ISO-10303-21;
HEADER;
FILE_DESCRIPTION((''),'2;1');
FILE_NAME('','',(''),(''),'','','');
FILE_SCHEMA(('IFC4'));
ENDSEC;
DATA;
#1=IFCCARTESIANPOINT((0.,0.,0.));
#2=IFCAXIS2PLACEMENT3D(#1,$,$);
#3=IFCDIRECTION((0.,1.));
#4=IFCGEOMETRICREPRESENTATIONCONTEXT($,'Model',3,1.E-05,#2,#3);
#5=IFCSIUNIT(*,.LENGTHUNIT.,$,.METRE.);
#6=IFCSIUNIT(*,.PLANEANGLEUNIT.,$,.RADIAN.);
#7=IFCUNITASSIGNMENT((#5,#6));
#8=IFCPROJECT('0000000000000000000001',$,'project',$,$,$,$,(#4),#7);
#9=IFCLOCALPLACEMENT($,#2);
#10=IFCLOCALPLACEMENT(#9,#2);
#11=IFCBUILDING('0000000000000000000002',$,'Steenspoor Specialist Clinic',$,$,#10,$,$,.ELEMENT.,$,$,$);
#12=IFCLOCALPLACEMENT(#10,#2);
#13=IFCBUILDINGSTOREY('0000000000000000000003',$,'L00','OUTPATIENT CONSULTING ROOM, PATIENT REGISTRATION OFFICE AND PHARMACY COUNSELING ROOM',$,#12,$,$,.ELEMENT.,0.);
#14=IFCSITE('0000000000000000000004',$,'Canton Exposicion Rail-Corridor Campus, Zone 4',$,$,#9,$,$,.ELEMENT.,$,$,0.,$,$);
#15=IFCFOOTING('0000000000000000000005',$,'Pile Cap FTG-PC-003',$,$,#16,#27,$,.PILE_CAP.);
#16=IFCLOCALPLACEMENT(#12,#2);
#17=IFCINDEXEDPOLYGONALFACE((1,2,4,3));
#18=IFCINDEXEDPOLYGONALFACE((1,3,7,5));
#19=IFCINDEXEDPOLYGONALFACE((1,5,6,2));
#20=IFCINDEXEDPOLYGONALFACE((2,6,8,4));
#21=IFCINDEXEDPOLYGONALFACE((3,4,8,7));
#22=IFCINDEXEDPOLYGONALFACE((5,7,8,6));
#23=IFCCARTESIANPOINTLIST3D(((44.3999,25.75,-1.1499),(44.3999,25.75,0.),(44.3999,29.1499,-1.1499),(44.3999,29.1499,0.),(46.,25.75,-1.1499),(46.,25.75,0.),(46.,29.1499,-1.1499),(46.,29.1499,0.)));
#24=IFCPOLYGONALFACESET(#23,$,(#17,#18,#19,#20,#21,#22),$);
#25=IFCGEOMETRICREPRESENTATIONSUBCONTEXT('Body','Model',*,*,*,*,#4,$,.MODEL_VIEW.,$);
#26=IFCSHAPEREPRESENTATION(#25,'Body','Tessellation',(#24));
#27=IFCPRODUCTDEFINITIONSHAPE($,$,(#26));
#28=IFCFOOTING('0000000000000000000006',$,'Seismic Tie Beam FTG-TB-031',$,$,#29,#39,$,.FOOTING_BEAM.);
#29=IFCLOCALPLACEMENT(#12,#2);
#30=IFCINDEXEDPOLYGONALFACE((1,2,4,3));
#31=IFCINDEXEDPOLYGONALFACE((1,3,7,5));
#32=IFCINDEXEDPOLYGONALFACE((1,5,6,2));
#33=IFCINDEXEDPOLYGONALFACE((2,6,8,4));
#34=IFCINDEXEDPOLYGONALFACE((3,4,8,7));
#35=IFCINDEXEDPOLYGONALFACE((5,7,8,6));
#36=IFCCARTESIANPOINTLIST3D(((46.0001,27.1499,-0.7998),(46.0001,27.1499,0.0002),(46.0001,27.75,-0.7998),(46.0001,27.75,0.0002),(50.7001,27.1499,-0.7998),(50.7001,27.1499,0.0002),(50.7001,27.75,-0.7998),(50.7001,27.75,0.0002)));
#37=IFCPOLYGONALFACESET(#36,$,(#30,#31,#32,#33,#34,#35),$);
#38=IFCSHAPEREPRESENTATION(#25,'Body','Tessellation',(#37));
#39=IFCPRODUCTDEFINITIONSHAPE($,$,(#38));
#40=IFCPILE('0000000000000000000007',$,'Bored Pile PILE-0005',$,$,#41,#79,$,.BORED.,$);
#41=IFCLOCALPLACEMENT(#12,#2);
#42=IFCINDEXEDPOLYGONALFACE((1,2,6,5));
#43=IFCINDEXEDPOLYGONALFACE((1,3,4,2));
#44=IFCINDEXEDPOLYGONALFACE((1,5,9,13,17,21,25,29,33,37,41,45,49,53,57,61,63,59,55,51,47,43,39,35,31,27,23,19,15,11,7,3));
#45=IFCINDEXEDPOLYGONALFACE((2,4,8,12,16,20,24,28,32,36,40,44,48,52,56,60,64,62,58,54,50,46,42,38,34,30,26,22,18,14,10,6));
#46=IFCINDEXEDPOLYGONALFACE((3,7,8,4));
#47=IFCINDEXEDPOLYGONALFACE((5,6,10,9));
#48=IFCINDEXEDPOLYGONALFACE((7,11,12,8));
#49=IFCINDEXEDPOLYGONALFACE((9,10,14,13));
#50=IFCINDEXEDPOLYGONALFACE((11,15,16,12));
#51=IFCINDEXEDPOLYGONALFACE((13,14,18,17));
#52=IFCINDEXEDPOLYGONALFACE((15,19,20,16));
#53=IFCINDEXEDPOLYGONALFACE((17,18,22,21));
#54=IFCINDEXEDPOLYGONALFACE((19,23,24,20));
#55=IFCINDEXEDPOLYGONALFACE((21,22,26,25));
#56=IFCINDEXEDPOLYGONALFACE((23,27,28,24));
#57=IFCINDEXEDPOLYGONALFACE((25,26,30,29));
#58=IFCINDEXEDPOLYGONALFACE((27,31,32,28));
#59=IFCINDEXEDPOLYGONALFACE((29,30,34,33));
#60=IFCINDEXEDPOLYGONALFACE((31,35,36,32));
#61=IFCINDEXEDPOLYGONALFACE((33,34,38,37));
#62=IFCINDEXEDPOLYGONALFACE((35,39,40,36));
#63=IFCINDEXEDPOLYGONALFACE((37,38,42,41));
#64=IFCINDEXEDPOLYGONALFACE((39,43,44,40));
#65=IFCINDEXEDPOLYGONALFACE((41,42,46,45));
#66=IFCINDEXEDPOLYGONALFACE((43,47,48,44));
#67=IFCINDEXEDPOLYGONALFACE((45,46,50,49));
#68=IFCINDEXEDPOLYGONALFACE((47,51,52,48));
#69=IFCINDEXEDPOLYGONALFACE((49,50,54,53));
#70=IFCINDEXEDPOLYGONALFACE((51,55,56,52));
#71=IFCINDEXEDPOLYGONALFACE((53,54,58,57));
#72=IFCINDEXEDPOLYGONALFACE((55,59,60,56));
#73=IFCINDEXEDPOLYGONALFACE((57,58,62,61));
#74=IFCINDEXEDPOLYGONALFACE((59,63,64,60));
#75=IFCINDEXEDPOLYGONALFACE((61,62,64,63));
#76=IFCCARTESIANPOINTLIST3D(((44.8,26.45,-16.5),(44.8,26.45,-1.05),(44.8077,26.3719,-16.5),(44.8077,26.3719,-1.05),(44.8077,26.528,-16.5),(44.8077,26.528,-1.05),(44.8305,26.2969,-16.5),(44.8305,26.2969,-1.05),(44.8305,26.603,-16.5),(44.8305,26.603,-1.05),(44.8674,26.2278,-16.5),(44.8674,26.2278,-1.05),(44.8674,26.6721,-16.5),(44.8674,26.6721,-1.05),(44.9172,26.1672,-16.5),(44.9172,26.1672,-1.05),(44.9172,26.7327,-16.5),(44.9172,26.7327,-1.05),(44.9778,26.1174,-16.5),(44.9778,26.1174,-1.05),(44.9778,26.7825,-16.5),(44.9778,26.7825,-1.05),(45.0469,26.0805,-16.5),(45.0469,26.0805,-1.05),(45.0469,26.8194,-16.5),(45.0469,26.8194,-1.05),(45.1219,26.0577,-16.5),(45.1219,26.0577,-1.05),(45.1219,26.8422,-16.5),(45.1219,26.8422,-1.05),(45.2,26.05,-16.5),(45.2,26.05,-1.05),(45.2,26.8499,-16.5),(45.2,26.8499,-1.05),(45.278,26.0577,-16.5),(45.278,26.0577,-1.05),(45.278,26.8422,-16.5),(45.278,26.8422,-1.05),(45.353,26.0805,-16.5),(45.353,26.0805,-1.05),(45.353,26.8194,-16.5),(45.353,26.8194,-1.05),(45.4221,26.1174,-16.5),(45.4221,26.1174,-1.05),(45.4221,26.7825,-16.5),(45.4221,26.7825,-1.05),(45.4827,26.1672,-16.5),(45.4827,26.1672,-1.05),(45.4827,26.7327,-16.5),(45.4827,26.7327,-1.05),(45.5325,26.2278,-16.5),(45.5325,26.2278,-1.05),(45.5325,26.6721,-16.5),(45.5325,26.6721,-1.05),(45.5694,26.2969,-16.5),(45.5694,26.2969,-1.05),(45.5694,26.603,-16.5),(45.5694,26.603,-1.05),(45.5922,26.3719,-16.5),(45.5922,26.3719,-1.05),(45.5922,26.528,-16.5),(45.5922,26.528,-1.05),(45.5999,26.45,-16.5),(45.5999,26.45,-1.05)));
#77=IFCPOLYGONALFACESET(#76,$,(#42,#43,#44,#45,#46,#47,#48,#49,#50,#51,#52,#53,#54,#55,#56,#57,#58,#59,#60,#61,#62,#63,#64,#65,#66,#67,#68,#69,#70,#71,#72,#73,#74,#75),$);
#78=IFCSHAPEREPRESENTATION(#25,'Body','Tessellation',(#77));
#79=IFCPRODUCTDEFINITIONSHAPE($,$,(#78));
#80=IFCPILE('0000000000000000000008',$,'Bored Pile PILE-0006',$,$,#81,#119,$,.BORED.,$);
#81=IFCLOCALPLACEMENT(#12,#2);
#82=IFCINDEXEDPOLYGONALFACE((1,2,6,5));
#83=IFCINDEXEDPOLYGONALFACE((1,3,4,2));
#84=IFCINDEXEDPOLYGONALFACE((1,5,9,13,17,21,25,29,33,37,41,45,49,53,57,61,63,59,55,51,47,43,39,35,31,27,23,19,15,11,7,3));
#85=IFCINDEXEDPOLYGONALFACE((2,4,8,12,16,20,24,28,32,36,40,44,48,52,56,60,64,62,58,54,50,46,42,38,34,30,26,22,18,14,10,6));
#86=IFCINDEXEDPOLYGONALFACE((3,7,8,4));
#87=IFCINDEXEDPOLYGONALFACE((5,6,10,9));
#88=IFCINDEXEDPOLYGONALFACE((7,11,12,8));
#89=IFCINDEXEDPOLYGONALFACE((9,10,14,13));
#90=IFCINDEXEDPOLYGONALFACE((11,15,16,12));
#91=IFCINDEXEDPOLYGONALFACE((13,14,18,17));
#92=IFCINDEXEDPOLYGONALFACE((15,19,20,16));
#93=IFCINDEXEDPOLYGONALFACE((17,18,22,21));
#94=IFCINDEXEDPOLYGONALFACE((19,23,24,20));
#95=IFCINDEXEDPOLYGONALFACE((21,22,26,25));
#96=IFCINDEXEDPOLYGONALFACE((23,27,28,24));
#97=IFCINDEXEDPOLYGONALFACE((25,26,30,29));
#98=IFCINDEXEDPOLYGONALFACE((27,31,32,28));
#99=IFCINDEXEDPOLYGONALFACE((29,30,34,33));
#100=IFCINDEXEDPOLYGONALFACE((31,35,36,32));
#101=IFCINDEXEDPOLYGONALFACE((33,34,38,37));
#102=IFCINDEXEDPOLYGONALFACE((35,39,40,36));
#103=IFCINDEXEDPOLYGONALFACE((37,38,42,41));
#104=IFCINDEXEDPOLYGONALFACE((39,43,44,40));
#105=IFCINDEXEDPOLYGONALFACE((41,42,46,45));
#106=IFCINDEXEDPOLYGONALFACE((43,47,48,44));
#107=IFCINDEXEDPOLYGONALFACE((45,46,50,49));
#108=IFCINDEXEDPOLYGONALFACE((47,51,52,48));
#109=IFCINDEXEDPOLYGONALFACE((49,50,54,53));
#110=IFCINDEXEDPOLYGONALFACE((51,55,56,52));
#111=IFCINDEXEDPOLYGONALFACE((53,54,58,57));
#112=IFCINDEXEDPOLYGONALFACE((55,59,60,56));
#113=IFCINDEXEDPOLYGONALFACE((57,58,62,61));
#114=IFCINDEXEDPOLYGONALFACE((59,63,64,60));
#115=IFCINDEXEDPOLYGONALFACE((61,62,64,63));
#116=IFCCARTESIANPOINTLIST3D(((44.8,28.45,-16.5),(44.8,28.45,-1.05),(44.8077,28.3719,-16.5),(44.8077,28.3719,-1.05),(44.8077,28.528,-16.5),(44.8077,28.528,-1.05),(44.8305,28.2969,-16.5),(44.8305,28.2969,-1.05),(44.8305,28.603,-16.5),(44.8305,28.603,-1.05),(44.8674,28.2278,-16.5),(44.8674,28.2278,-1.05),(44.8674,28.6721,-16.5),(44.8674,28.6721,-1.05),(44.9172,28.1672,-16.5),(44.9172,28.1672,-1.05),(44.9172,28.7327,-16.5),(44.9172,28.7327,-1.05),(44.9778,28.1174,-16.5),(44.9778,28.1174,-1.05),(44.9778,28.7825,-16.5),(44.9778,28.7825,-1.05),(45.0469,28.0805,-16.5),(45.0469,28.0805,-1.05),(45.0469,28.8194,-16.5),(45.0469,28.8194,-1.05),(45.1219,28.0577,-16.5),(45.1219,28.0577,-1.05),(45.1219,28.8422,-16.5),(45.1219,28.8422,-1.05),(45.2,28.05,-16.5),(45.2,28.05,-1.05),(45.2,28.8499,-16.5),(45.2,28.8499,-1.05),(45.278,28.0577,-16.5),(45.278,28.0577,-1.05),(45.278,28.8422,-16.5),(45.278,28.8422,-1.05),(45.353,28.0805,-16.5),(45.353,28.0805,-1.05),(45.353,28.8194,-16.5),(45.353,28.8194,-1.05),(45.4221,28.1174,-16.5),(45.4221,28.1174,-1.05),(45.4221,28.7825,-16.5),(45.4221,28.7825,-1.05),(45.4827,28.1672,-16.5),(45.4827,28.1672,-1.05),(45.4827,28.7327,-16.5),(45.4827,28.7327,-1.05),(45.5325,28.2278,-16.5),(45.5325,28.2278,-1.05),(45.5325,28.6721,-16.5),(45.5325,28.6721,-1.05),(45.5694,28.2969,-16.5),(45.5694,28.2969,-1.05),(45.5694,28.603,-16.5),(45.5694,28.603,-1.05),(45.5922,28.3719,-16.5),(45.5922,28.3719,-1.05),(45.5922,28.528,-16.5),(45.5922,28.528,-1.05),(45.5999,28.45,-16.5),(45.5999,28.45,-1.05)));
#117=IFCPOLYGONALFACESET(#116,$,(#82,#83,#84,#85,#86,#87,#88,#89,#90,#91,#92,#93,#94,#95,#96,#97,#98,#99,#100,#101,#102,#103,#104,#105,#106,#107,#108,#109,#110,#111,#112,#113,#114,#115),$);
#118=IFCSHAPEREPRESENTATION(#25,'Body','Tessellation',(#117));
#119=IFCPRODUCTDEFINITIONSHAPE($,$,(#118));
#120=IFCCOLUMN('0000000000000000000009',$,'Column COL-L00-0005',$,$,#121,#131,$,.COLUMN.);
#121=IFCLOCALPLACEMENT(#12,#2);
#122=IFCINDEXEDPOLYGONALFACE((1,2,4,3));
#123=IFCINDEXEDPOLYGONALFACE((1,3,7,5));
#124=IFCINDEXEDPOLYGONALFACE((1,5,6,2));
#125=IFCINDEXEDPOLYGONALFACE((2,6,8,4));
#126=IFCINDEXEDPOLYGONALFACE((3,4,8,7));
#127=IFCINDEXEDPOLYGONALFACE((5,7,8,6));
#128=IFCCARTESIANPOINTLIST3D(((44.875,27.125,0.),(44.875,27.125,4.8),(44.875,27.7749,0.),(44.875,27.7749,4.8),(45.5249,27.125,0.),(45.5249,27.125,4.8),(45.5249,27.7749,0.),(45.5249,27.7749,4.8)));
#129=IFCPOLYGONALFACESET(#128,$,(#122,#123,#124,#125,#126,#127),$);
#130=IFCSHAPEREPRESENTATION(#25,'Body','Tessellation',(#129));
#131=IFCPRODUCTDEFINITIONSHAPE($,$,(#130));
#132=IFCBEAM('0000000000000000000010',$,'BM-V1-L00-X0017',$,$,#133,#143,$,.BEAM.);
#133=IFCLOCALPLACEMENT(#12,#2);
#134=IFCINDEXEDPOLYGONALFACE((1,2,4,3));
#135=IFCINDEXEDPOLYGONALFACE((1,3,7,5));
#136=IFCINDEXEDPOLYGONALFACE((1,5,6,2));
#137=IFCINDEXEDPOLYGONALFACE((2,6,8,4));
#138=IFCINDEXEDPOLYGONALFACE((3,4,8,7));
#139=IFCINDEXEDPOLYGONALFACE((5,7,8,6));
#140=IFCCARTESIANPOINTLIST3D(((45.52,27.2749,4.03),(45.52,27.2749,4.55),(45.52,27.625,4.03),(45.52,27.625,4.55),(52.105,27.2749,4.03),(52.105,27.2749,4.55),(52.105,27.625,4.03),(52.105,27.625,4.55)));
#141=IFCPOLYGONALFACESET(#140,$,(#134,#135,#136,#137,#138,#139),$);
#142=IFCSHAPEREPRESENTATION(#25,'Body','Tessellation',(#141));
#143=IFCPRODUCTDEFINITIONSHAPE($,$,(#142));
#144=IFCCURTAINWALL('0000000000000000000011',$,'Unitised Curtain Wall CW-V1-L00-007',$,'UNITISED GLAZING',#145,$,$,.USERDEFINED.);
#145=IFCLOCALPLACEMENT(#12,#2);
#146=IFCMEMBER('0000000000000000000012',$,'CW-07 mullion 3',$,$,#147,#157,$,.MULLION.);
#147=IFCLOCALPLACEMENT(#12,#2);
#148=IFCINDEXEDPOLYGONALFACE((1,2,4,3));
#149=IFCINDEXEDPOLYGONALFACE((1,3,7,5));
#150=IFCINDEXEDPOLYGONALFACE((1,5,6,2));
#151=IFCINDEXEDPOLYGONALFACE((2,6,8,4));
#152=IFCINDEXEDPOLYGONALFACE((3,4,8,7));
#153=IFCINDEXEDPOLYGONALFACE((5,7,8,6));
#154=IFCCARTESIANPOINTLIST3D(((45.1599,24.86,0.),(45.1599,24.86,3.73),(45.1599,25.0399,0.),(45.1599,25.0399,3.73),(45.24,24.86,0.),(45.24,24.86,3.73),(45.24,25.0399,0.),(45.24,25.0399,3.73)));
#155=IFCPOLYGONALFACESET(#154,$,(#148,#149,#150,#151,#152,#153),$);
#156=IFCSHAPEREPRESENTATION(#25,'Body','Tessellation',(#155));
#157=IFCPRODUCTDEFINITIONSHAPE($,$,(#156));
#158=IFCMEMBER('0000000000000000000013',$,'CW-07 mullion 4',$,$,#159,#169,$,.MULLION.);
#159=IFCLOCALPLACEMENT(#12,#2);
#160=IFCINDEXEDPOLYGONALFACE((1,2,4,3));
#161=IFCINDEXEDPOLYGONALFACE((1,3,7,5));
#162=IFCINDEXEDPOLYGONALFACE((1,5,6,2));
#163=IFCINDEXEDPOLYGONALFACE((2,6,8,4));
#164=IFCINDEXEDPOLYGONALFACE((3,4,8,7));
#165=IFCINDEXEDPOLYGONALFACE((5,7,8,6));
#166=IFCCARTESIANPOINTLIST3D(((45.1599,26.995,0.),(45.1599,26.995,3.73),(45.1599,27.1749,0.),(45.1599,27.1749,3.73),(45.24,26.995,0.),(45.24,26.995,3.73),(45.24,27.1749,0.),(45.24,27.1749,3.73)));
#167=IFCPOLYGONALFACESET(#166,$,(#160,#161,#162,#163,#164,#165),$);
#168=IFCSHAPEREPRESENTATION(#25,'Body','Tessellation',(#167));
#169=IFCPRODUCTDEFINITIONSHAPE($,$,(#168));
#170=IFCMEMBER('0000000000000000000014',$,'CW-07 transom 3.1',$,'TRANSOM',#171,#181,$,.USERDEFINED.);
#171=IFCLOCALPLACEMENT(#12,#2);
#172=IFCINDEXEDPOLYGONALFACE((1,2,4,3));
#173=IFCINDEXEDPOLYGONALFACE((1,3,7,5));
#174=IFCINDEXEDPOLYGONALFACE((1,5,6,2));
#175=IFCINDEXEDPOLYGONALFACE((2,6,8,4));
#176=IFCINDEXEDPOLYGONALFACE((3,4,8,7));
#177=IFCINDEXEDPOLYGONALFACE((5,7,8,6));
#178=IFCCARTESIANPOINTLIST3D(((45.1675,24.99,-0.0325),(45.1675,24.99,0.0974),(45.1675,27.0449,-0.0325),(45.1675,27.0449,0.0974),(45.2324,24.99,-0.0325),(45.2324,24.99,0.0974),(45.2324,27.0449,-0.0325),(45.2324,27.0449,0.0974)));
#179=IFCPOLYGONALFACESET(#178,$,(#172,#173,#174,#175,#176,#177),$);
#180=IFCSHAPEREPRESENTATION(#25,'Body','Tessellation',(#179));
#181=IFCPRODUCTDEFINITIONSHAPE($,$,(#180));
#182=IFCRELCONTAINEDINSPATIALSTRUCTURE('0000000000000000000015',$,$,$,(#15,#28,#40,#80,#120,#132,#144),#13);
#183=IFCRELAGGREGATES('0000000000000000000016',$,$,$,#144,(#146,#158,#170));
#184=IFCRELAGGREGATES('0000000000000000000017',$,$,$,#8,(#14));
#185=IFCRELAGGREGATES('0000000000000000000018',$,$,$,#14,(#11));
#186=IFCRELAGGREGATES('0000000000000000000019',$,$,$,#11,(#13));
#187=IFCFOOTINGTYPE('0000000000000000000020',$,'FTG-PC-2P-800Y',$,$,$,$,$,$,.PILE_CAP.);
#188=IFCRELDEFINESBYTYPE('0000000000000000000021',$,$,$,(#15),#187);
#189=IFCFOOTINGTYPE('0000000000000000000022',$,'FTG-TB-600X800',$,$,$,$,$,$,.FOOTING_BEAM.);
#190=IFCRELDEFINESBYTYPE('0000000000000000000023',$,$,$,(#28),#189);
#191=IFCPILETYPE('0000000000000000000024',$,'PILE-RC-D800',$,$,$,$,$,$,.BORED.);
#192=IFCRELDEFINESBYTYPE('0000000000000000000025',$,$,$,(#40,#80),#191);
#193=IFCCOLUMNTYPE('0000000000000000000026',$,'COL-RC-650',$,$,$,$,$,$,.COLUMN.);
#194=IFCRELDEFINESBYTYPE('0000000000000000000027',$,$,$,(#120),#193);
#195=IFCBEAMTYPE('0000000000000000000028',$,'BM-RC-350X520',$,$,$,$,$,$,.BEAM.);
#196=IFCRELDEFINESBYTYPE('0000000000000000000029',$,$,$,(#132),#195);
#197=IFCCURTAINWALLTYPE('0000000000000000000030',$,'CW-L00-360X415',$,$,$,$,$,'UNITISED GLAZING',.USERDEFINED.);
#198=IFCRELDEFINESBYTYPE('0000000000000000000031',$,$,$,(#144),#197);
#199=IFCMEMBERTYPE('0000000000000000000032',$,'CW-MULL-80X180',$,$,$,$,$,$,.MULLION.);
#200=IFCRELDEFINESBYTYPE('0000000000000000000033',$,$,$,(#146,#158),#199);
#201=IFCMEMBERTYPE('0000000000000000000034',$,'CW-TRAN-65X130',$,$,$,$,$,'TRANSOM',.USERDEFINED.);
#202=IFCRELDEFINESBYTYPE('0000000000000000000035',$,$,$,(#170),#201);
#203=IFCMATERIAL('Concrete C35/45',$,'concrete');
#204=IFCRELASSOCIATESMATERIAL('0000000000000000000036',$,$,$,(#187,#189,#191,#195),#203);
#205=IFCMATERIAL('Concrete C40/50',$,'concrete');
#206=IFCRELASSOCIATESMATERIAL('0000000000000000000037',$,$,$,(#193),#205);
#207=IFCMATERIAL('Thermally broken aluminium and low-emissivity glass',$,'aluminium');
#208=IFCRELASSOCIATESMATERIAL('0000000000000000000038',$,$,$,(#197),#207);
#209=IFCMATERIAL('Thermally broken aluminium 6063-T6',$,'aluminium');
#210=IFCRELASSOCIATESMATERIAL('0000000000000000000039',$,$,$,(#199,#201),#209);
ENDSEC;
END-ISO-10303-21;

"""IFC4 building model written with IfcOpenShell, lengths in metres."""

from ifc_helpers import new_model, si_unit, direction, frame, origin, origin_2d, place, context, subcontext, project, spatial, rectangle, circle, extrude, material, material_profile, profile_set, type_object, element, aggregate, save


model = new_model("IFC4")

# Units and contexts
model_context = context("Model", 3, precision=1e-05, world=origin(), true_north=direction((0.0, 1.0)))
body_context = subcontext(model_context, "Body", "Model", "MODEL_VIEW")
ifc_project = project(units=[si_unit("LENGTHUNIT", "METRE"), si_unit("PLANEANGLEUNIT", "RADIAN")], contexts=[model_context])

# Site, building, storey
site_placement = place(None, origin())
site = spatial("IfcSite", under=ifc_project, at=site_placement, Name="Canton Exposicion Rail-Corridor Campus, Zone 4", CompositionType="ELEMENT", RefElevation=0.0)
building_placement = place(site_placement, origin())
building = spatial("IfcBuilding", under=site, at=building_placement, Name="Steenspoor Specialist Clinic", CompositionType="ELEMENT")
storey_placement = place(building_placement, origin())
storey = spatial("IfcBuildingStorey", under=building, at=storey_placement, Name="L00", Description="OUTPATIENT CONSULTING ROOM, PATIENT REGISTRATION OFFICE AND PHARMACY COUNSELING ROOM", CompositionType="ELEMENT", Elevation=0.0)

# Footings
ifc_material_1 = material(Name="Concrete C35/45", Category="concrete")
footing_type_1 = type_object("IfcFootingType", Name="FTG-PC-2P-800Y", PredefinedType="PILE_CAP", material=ifc_material_1)
footing_1_placement = place(storey_placement, frame((45.2, 27.45, -1.1499), z_axis=(0.0, 0.0, 1.0), x_axis=(1.0, 0.0, 0.0)))
element("IfcFooting", 1, at=footing_1_placement, inside=storey, type_object=footing_type_1, Name="Pile Cap FTG-PC-003", PredefinedType="PILE_CAP", context=body_context, shape_type="SweptSolid", body=[
    extrude(rectangle(XDim=1.6001, YDim=3.3999, at=origin_2d()), origin(), (0.0, 0.0, 1.0), 1.1499),
])
footing_type_2 = type_object("IfcFootingType", Name="FTG-TB-600X800", PredefinedType="FOOTING_BEAM", material=ifc_material_1)
footing_2_placement = place(storey_placement, frame((48.3501, 27.45, -0.7998), z_axis=(0.0, 0.0, 1.0), x_axis=(1.0, 0.0, 0.0)))
element("IfcFooting", 2, at=footing_2_placement, inside=storey, type_object=footing_type_2, Name="Seismic Tie Beam FTG-TB-031", PredefinedType="FOOTING_BEAM", context=body_context, shape_type="SweptSolid", body=[
    extrude(rectangle(XDim=4.7, YDim=0.6001, at=origin_2d()), origin(), (0.0, 0.0, 1.0), 0.8),
])

# Piles
ifc_material_profile_1 = material_profile(ifc_material_1, circle(Radius=0.3999, at=origin_2d()), Name="PILE-D800")
ifc_profile_set_1 = profile_set([ifc_material_profile_1], Name="Concrete C35/45")
pile_type = type_object("IfcPileType", Name="PILE-RC-D800", PredefinedType="BORED", material=ifc_profile_set_1)
for number, where, z_axis, x_axis, name in (
    (3, (45.2, 26.45, -1.05), (0.0, 0.0, -1.0), (1.0, 0.0, 0.0), "Bored Pile PILE-0005"),
    (4, (45.2, 28.45, -1.05), (0.0, 0.0, -1.0), (1.0, 0.0, 0.0), "Bored Pile PILE-0006"),
):
    element("IfcPile", number, at=place(storey_placement, frame(where, z_axis=z_axis, x_axis=x_axis)), inside=storey, type_object=pile_type, Name=name, PredefinedType="BORED", context=body_context, shape_type="SweptSolid", body=[
        extrude(circle(Radius=0.3999, at=origin_2d()), origin(), (0.0, 0.0, 1.0), 15.45),
    ])

# Column
ifc_material_2 = material(Name="Concrete C40/50", Category="concrete")
ifc_material_profile_2 = material_profile(ifc_material_2, rectangle(XDim=0.6499, YDim=0.6499, at=origin_2d()), Name="RC-COL-650X650")
ifc_profile_set_2 = profile_set([ifc_material_profile_2], Name="Concrete C40/50")
column_type = type_object("IfcColumnType", Name="COL-RC-650", PredefinedType="COLUMN", material=ifc_profile_set_2)
column_placement = place(storey_placement, frame((45.2, 27.45, 0.0), z_axis=(0.0, 0.0, 1.0), x_axis=(1.0, 0.0, 0.0)))
element("IfcColumn", 5, at=column_placement, inside=storey, type_object=column_type, Name="Column COL-L00-0005", PredefinedType="COLUMN", context=body_context, shape_type="SweptSolid", body=[
    extrude(rectangle(XDim=0.6499, YDim=0.6499, at=origin_2d()), origin(), (0.0, 0.0, 1.0), 4.8),
])

# Beam
ifc_material_profile_3 = material_profile(ifc_material_1, rectangle(XDim=0.3501, YDim=0.52, at=origin_2d()), Name="RC-BM-350X520")
ifc_profile_set_3 = profile_set([ifc_material_profile_3], Name="Concrete C35/45")
beam_type_1 = type_object("IfcBeamType", Name="BM-RC-350X520", PredefinedType="BEAM", material=ifc_profile_set_3)
beam_1_placement = place(storey_placement, frame((45.52, 27.45, 4.29), z_axis=(1.0, 0.0, 0.0), x_axis=(0.0, 1.0, 0.0)))
element("IfcBeam", 6, at=beam_1_placement, inside=storey, type_object=beam_type_1, Name="BM-V1-L00-X0017", PredefinedType="BEAM", context=body_context, shape_type="SweptSolid", body=[
    extrude(rectangle(XDim=0.3501, YDim=0.52, at=origin_2d()), origin(), (0.0, 0.0, 1.0), 6.585),
])

# Curtain wall, members
ifc_material_3 = material(Name="Thermally broken aluminium and low-emissivity glass", Category="aluminium")
curtain_wall_type = type_object("IfcCurtainWallType", Name="CW-L00-360X415", ElementType="UNITISED GLAZING", PredefinedType="USERDEFINED", material=ifc_material_3)
curtain_wall_placement = place(storey_placement, origin())
curtain_wall = element("IfcCurtainWall", 7, at=curtain_wall_placement, inside=storey, type_object=curtain_wall_type, Name="Unitised Curtain Wall CW-V1-L00-007", ObjectType="UNITISED GLAZING", PredefinedType="USERDEFINED")
ifc_material_4 = material(Name="Thermally broken aluminium 6063-T6", Category="aluminium")
ifc_material_profile_4 = material_profile(ifc_material_4, rectangle(XDim=0.0801, YDim=0.1799, at=origin_2d()), Name="CWM-80X180")
ifc_profile_set_4 = profile_set([ifc_material_profile_4], Name="Thermally broken aluminium 6063-T6")
member_type_1 = type_object("IfcMemberType", Name="CW-MULL-80X180", PredefinedType="MULLION", material=ifc_profile_set_4)
member_1_placement = place(storey_placement, frame((45.2, 24.95, 0.0), z_axis=(0.0, 0.0, 1.0), x_axis=(-1.0, 0.0, 0.0)))
member_1 = element("IfcMember", 8, at=member_1_placement, type_object=member_type_1, Name="CW-07 mullion 3", PredefinedType="MULLION", context=body_context, shape_type="SweptSolid", body=[
    extrude(rectangle(XDim=0.0801, YDim=0.1799, at=origin_2d()), origin(), (0.0, 0.0, 1.0), 3.73),
])
member_2_placement = place(storey_placement, frame((45.2, 27.085, 0.0), z_axis=(0.0, 0.0, 1.0), x_axis=(-1.0, 0.0, 0.0)))
member_2 = element("IfcMember", 9, at=member_2_placement, type_object=member_type_1, Name="CW-07 mullion 4", PredefinedType="MULLION", context=body_context, shape_type="SweptSolid", body=[
    extrude(rectangle(XDim=0.0801, YDim=0.1799, at=origin_2d()), origin(), (0.0, 0.0, 1.0), 3.73),
])
ifc_material_profile_5 = material_profile(ifc_material_4, rectangle(XDim=0.0649, YDim=0.1299, at=origin_2d()), Name="CWT-65X130")
ifc_profile_set_5 = profile_set([ifc_material_profile_5], Name="Thermally broken aluminium 6063-T6")
member_type_2 = type_object("IfcMemberType", Name="CW-TRAN-65X130", ElementType="TRANSOM", PredefinedType="USERDEFINED", material=ifc_profile_set_5)
member_3_placement = place(storey_placement, frame((45.2, 24.99, 0.0325), z_axis=(0.0, 1.0, 0.0), x_axis=(-1.0, 0.0, 0.0)))
member_3 = element("IfcMember", 10, at=member_3_placement, type_object=member_type_2, Name="CW-07 transom 3.1", ObjectType="TRANSOM", PredefinedType="USERDEFINED", context=body_context, shape_type="SweptSolid", body=[
    extrude(rectangle(XDim=0.0649, YDim=0.1299, at=origin_2d()), origin(), (0.0, 0.0, 1.0), 2.0549),
])

aggregate(curtain_wall, [member_1, member_2, member_3])

save(model, "model.ifc")
